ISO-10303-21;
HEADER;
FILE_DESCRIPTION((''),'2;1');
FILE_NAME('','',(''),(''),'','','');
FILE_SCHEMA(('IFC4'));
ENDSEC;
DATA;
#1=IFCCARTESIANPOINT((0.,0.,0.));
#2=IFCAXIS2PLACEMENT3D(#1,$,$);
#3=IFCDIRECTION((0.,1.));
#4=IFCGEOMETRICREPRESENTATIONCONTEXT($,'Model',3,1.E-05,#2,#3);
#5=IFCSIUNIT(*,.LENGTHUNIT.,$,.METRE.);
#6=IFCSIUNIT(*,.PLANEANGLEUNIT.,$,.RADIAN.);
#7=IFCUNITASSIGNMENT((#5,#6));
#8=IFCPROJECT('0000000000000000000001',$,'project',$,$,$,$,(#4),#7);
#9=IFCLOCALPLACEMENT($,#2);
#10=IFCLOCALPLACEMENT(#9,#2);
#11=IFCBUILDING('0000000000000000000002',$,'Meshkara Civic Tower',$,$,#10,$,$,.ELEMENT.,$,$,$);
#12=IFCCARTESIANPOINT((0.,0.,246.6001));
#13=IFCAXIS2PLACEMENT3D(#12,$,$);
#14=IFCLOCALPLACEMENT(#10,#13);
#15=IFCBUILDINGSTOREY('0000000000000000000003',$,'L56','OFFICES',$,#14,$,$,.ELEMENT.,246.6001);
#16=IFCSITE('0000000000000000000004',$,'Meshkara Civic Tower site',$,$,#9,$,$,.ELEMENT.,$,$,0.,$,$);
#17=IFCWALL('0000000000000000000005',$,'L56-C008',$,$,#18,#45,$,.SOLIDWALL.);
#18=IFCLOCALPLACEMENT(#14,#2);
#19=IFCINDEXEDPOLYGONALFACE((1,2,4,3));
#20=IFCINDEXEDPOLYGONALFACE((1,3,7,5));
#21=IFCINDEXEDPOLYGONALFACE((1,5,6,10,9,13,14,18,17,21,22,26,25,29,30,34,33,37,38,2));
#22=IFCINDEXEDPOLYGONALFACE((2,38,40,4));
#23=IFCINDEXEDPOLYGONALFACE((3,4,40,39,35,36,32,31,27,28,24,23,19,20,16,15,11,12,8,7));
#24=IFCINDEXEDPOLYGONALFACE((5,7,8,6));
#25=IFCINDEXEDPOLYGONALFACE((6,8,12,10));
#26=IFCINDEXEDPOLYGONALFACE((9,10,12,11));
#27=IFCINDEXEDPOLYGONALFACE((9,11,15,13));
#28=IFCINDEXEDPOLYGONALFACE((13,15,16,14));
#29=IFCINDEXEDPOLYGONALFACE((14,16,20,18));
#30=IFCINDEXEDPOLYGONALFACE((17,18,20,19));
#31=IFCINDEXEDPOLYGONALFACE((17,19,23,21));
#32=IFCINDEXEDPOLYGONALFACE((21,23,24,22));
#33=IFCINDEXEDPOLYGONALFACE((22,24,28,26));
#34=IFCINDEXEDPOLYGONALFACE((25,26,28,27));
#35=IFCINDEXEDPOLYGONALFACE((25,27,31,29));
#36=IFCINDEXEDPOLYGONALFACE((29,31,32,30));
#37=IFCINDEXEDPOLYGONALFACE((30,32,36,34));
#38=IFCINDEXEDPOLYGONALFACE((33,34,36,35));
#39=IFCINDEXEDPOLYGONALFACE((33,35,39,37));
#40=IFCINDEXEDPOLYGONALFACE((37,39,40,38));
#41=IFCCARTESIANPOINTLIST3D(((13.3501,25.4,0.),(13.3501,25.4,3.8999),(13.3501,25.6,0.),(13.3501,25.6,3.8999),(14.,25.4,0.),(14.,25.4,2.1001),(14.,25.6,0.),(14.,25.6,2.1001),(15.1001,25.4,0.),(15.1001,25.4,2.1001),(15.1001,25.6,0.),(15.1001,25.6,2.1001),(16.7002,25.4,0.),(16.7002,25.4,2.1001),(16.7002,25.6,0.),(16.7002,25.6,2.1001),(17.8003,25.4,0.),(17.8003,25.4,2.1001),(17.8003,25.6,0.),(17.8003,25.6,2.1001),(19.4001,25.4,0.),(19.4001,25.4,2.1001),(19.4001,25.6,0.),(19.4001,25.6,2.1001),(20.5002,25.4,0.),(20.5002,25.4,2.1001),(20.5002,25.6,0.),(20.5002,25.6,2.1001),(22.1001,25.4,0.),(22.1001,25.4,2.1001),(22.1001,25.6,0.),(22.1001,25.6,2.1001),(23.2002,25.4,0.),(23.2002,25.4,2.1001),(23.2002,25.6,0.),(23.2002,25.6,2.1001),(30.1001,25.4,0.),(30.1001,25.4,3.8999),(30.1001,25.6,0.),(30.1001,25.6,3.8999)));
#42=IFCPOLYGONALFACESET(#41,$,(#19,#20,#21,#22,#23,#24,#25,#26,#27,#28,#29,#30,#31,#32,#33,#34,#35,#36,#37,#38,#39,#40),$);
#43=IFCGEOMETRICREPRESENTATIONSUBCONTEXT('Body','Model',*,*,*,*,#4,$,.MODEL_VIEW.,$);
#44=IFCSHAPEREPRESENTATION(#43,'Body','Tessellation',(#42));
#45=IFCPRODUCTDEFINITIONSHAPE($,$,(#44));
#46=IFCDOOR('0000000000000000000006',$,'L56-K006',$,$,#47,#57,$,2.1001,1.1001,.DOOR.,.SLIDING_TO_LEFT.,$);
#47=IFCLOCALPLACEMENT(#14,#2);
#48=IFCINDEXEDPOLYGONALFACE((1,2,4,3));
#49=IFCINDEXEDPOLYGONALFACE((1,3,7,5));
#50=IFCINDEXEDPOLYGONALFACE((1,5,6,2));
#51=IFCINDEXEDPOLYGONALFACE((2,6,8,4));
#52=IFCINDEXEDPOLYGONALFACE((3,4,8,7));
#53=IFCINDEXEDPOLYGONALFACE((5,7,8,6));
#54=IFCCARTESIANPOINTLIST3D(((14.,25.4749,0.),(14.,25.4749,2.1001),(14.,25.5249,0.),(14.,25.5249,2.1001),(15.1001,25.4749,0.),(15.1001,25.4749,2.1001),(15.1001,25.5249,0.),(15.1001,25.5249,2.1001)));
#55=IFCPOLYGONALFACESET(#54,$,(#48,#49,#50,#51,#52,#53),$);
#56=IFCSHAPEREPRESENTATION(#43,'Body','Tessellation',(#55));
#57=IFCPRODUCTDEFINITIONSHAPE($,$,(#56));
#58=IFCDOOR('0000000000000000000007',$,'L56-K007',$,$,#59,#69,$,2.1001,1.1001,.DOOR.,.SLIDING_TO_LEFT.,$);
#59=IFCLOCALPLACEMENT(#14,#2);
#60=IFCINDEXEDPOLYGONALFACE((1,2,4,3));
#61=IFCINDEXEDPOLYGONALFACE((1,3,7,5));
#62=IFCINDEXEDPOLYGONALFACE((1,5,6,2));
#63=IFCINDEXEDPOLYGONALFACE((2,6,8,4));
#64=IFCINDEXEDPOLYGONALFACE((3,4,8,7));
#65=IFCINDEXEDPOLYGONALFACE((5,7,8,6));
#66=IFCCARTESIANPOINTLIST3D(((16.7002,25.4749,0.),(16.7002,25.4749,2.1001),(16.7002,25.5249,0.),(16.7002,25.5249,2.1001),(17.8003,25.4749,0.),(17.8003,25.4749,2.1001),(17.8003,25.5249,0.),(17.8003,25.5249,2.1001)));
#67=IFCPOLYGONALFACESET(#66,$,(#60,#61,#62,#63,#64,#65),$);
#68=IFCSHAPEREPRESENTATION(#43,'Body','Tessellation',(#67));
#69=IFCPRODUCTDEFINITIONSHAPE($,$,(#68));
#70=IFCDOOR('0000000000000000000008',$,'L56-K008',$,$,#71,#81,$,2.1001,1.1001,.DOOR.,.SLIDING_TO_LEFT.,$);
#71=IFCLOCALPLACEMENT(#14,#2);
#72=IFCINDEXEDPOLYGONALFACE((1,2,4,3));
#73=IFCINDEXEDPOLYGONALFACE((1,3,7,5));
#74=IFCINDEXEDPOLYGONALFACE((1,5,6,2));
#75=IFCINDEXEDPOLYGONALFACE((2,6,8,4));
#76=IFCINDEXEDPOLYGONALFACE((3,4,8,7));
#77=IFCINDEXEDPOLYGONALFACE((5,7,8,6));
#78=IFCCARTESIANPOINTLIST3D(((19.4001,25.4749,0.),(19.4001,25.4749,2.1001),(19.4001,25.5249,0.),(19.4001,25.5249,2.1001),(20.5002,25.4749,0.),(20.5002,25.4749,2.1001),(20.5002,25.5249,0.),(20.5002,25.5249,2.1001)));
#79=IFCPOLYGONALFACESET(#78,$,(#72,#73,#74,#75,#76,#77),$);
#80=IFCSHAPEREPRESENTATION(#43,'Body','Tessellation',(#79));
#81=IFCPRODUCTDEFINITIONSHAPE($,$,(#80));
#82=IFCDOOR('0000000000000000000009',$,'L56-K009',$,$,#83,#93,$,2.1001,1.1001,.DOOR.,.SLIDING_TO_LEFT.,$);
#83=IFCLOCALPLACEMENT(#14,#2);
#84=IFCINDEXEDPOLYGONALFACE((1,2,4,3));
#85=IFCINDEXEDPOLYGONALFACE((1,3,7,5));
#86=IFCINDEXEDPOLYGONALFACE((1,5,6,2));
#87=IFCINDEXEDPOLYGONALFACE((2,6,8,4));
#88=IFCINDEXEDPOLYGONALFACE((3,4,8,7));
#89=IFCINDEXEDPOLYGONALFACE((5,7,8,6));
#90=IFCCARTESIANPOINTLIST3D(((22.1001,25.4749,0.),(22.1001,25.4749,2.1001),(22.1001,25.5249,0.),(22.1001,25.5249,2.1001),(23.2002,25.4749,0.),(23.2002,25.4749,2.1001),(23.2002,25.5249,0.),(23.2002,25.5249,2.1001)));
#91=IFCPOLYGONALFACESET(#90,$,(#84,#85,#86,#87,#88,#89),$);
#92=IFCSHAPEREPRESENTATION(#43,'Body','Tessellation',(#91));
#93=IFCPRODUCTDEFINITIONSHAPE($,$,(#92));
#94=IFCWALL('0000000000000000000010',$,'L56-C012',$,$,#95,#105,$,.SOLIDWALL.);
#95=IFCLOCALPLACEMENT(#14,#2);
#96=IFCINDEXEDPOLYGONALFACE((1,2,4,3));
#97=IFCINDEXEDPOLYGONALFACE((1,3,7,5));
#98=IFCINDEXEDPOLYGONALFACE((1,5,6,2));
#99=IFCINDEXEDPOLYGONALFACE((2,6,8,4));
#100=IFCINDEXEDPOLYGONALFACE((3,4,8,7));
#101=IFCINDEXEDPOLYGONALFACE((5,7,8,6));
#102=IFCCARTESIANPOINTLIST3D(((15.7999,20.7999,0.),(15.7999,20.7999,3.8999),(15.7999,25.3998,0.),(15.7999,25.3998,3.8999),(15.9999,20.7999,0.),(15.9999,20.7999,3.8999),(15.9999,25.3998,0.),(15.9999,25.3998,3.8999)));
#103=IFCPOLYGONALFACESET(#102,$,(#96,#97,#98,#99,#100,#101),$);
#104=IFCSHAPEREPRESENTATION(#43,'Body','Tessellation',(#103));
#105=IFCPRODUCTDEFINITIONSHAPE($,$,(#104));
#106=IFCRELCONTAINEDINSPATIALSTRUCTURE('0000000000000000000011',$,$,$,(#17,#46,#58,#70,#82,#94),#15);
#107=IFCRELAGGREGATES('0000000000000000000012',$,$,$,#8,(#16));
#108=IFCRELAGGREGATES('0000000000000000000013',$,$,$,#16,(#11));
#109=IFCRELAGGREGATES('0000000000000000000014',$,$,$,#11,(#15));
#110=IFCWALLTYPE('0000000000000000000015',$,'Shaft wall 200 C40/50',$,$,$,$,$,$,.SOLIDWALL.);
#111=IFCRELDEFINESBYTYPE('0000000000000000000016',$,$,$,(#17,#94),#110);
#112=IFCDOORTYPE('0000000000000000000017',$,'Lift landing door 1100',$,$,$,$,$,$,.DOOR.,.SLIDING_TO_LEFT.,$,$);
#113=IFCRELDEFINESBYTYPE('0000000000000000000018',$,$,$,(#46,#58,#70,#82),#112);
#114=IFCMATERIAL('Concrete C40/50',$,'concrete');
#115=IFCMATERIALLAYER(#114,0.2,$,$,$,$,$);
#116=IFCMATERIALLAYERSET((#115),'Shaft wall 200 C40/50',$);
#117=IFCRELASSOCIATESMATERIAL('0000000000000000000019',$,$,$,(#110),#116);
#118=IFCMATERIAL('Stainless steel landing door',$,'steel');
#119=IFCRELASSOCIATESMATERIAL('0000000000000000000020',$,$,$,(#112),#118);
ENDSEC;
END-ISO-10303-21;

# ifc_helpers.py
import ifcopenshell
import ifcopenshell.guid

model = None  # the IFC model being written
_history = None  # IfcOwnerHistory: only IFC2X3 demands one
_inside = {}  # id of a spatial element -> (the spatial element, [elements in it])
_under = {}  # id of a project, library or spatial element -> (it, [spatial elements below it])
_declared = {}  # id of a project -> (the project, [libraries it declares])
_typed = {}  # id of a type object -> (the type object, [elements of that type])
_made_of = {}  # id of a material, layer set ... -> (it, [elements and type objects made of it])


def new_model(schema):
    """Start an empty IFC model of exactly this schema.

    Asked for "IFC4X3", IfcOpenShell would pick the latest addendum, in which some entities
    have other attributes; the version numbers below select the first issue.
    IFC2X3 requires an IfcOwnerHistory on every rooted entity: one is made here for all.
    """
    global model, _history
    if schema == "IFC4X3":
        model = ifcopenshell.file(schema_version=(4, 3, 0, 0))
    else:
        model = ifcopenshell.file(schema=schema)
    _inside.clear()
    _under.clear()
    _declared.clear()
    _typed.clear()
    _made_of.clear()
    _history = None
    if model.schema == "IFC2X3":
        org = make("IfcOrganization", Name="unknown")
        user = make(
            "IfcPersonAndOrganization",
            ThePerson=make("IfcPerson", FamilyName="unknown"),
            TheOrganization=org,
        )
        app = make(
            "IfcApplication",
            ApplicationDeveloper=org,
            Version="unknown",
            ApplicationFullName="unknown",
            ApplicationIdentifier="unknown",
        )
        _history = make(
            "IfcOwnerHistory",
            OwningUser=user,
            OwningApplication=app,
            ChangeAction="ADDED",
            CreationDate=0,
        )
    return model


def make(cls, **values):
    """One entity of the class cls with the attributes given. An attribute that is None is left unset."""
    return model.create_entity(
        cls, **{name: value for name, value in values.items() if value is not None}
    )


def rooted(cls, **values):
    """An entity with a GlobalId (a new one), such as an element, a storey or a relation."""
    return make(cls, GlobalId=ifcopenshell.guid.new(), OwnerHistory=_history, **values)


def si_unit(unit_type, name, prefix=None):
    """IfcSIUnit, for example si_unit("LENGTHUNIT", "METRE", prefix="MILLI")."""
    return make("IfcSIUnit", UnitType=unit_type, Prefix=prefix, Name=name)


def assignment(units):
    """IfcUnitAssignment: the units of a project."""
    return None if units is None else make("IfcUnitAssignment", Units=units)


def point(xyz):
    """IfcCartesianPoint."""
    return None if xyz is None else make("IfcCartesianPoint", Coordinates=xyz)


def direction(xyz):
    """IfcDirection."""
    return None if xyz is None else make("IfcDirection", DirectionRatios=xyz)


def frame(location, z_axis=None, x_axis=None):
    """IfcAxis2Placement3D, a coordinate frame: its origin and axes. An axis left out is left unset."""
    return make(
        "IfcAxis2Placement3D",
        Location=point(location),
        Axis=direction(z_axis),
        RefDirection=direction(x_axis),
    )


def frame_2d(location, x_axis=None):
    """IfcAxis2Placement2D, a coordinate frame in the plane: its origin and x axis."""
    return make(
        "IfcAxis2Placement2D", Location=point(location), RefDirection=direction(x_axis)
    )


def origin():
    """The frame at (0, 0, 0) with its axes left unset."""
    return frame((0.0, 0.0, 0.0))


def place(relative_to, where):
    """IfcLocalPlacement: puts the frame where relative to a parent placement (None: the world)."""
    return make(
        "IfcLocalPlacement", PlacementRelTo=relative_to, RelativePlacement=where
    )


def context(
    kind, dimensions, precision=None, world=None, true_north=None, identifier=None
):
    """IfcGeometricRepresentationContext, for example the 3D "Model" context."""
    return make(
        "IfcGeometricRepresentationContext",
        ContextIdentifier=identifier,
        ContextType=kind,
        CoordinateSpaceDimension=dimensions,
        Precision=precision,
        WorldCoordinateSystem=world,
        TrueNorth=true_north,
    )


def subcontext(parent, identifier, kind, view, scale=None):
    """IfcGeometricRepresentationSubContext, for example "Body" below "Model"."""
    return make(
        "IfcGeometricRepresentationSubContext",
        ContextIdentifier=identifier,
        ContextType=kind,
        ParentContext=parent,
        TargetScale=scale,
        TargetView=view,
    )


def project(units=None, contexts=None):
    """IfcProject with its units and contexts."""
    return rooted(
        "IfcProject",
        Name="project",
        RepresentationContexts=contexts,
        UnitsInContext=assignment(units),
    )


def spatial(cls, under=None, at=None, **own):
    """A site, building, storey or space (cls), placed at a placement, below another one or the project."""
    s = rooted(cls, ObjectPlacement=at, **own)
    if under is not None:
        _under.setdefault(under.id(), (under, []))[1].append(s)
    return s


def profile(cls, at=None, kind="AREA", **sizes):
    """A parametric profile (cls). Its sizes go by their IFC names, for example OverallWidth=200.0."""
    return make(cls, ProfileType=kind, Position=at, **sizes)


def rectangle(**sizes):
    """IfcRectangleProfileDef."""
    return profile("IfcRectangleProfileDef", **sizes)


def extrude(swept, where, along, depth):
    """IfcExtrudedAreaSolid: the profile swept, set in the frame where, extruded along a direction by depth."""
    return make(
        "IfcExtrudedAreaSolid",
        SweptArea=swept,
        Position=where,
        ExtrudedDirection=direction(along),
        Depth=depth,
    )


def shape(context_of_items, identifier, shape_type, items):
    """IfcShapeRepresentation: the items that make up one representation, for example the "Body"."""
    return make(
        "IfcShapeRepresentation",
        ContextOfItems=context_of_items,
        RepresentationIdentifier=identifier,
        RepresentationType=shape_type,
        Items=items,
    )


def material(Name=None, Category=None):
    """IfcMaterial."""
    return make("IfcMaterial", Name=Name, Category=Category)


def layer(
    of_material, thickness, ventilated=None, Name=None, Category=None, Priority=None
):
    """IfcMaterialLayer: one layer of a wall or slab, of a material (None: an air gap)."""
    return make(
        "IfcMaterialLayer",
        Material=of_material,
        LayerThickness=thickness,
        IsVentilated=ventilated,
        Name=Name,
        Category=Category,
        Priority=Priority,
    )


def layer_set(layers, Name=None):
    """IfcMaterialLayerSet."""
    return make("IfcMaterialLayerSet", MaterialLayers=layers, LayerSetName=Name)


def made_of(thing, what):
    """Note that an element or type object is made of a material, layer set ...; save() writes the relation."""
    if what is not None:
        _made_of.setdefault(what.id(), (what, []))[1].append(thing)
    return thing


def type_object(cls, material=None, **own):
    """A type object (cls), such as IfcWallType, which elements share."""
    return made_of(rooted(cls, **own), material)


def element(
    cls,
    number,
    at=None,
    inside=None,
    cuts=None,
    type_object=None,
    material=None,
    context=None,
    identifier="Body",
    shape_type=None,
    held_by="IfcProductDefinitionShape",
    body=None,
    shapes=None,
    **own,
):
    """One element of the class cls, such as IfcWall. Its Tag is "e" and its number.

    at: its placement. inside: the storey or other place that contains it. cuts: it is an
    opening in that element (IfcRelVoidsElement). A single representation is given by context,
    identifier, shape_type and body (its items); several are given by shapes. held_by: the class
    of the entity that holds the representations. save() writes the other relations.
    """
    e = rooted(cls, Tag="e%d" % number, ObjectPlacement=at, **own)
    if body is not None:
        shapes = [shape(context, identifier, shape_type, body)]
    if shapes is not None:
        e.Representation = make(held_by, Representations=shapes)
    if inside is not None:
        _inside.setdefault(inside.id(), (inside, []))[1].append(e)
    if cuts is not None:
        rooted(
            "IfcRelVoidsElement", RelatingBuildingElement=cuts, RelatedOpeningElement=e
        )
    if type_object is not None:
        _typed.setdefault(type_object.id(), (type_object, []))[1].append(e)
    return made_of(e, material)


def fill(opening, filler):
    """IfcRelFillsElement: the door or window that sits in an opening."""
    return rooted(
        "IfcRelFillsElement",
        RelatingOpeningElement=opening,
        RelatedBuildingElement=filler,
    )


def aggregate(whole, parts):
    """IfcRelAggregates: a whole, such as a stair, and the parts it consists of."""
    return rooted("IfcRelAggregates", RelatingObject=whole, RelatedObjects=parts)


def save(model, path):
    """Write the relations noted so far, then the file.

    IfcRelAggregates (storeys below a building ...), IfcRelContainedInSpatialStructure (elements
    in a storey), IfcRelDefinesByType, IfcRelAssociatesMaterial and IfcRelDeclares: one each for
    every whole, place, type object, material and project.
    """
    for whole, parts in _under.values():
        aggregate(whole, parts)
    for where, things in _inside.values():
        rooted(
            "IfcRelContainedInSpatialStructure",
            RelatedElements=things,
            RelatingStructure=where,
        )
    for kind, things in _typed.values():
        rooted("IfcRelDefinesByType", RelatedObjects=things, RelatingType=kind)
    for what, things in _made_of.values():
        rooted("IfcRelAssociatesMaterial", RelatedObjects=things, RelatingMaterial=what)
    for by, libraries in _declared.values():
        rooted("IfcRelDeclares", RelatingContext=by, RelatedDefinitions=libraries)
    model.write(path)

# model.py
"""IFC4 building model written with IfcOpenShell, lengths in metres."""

from ifc_helpers import new_model, si_unit, direction, frame, frame_2d, origin, place, context, subcontext, project, spatial, rectangle, extrude, material, layer, layer_set, type_object, element, fill, save


model = new_model("IFC4")

# Units and contexts
model_context = context("Model", 3, precision=1e-05, world=origin(), true_north=direction((0.0, 1.0)))
body_context = subcontext(model_context, "Body", "Model", "MODEL_VIEW")
ifc_project = project(units=[si_unit("LENGTHUNIT", "METRE"), si_unit("PLANEANGLEUNIT", "RADIAN")], contexts=[model_context])

# Site, building, storey
site_placement = place(None, origin())
site = spatial("IfcSite", under=ifc_project, at=site_placement, Name="Meshkara Civic Tower site", CompositionType="ELEMENT", RefElevation=0.0)
building_placement = place(site_placement, origin())
building = spatial("IfcBuilding", under=site, at=building_placement, Name="Meshkara Civic Tower", CompositionType="ELEMENT")
storey_placement = place(building_placement, frame((0.0, 0.0, 246.6001)))
storey = spatial("IfcBuildingStorey", under=building, at=storey_placement, Name="L56", Description="OFFICES", CompositionType="ELEMENT", Elevation=246.6001)

# Wall, openings, doors
ifc_material_1 = material(Name="Concrete C40/50", Category="concrete")
ifc_layer_1 = layer(ifc_material_1, 0.2)
ifc_layer_set_1 = layer_set([ifc_layer_1], Name="Shaft wall 200 C40/50")
wall_type_1 = type_object("IfcWallType", Name="Shaft wall 200 C40/50", PredefinedType="SOLIDWALL", material=ifc_layer_set_1)
ifc_material_2 = material(Name="Stainless steel landing door", Category="steel")
door_type_1 = type_object("IfcDoorType", Name="Lift landing door 1100", OperationType="SLIDING_TO_LEFT", PredefinedType="DOOR", material=ifc_material_2)
wall_1_placement = place(storey_placement, frame((13.3501, 25.5, 0.0), z_axis=(0.0, 0.0, 1.0), x_axis=(1.0, 0.0, 0.0)))
wall_1 = element("IfcWall", 1, at=wall_1_placement, inside=storey, type_object=wall_type_1, Name="L56-C008", PredefinedType="SOLIDWALL", context=body_context, shape_type="SweptSolid", body=[
    extrude(rectangle(XDim=16.75, YDim=0.2, at=frame_2d((8.375, 0.0))), origin(), (0.0, 0.0, 1.0), 3.8999),
])
opening_1_placement = place(wall_1_placement, frame((0.6499, 0.0, 0.0)))
opening_1 = element("IfcOpeningElement", 2, at=opening_1_placement, cuts=wall_1, PredefinedType="OPENING", context=body_context, shape_type="SweptSolid", body=[
    extrude(rectangle(XDim=1.1001, YDim=2.1001, at=frame_2d((0.55, 1.05))), frame((0.0, 0.1099, 0.0), z_axis=(0.0, -1.0, 0.0), x_axis=(1.0, 0.0, 0.0)), (0.0, 0.0, 1.0), 0.22),
])
opening_2_placement = place(wall_1_placement, frame((3.3501, 0.0, 0.0)))
opening_2 = element("IfcOpeningElement", 3, at=opening_2_placement, cuts=wall_1, PredefinedType="OPENING", context=body_context, shape_type="SweptSolid", body=[
    extrude(rectangle(XDim=1.1001, YDim=2.1001, at=frame_2d((0.55, 1.05))), frame((0.0, 0.1099, 0.0), z_axis=(0.0, -1.0, 0.0), x_axis=(1.0, 0.0, 0.0)), (0.0, 0.0, 1.0), 0.22),
])
opening_3_placement = place(wall_1_placement, frame((6.05, 0.0, 0.0)))
opening_3 = element("IfcOpeningElement", 4, at=opening_3_placement, cuts=wall_1, PredefinedType="OPENING", context=body_context, shape_type="SweptSolid", body=[
    extrude(rectangle(XDim=1.1001, YDim=2.1001, at=frame_2d((0.55, 1.05))), frame((0.0, 0.1099, 0.0), z_axis=(0.0, -1.0, 0.0), x_axis=(1.0, 0.0, 0.0)), (0.0, 0.0, 1.0), 0.22),
])
opening_4_placement = place(wall_1_placement, frame((8.75, 0.0, 0.0)))
opening_4 = element("IfcOpeningElement", 5, at=opening_4_placement, cuts=wall_1, PredefinedType="OPENING", context=body_context, shape_type="SweptSolid", body=[
    extrude(rectangle(XDim=1.1001, YDim=2.1001, at=frame_2d((0.55, 1.05))), frame((0.0, 0.1099, 0.0), z_axis=(0.0, -1.0, 0.0), x_axis=(1.0, 0.0, 0.0)), (0.0, 0.0, 1.0), 0.22),
])
door_1_placement = place(opening_1_placement, origin())
door_1 = element("IfcDoor", 6, at=door_1_placement, inside=storey, type_object=door_type_1, Name="L56-K006", OperationType="SLIDING_TO_LEFT", OverallHeight=2.1001, OverallWidth=1.1001, PredefinedType="DOOR", context=body_context, shape_type="SweptSolid", body=[
    extrude(rectangle(XDim=1.1001, YDim=2.1001, at=frame_2d((0.55, 1.05))), frame((0.0, 0.0249, 0.0), z_axis=(0.0, -1.0, 0.0), x_axis=(1.0, 0.0, 0.0)), (0.0, 0.0, 1.0), 0.05),
])
fill(opening_1, door_1)
door_2_placement = place(opening_2_placement, origin())
door_2 = element("IfcDoor", 7, at=door_2_placement, inside=storey, type_object=door_type_1, Name="L56-K007", OperationType="SLIDING_TO_LEFT", OverallHeight=2.1001, OverallWidth=1.1001, PredefinedType="DOOR", context=body_context, shape_type="SweptSolid", body=[
    extrude(rectangle(XDim=1.1001, YDim=2.1001, at=frame_2d((0.55, 1.05))), frame((0.0, 0.0249, 0.0), z_axis=(0.0, -1.0, 0.0), x_axis=(1.0, 0.0, 0.0)), (0.0, 0.0, 1.0), 0.05),
])
fill(opening_2, door_2)
door_3_placement = place(opening_3_placement, origin())
door_3 = element("IfcDoor", 8, at=door_3_placement, inside=storey, type_object=door_type_1, Name="L56-K008", OperationType="SLIDING_TO_LEFT", OverallHeight=2.1001, OverallWidth=1.1001, PredefinedType="DOOR", context=body_context, shape_type="SweptSolid", body=[
    extrude(rectangle(XDim=1.1001, YDim=2.1001, at=frame_2d((0.55, 1.05))), frame((0.0, 0.0249, 0.0), z_axis=(0.0, -1.0, 0.0), x_axis=(1.0, 0.0, 0.0)), (0.0, 0.0, 1.0), 0.05),
])
fill(opening_3, door_3)
door_4_placement = place(opening_4_placement, origin())
door_4 = element("IfcDoor", 9, at=door_4_placement, inside=storey, type_object=door_type_1, Name="L56-K009", OperationType="SLIDING_TO_LEFT", OverallHeight=2.1001, OverallWidth=1.1001, PredefinedType="DOOR", context=body_context, shape_type="SweptSolid", body=[
    extrude(rectangle(XDim=1.1001, YDim=2.1001, at=frame_2d((0.55, 1.05))), frame((0.0, 0.0249, 0.0), z_axis=(0.0, -1.0, 0.0), x_axis=(1.0, 0.0, 0.0)), (0.0, 0.0, 1.0), 0.05),
])
fill(opening_4, door_4)

# Wall
wall_2_placement = place(storey_placement, frame((15.8999, 20.8, 0.0), z_axis=(0.0, 0.0, 1.0), x_axis=(0.0, 1.0, 0.0)))
element("IfcWall", 10, at=wall_2_placement, inside=storey, type_object=wall_type_1, Name="L56-C012", PredefinedType="SOLIDWALL", context=body_context, shape_type="SweptSolid", body=[
    extrude(rectangle(XDim=4.5999, YDim=0.2, at=frame_2d((2.2998, 0.0))), origin(), (0.0, 0.0, 1.0), 3.8999),
])

save(model, "model.ifc")
